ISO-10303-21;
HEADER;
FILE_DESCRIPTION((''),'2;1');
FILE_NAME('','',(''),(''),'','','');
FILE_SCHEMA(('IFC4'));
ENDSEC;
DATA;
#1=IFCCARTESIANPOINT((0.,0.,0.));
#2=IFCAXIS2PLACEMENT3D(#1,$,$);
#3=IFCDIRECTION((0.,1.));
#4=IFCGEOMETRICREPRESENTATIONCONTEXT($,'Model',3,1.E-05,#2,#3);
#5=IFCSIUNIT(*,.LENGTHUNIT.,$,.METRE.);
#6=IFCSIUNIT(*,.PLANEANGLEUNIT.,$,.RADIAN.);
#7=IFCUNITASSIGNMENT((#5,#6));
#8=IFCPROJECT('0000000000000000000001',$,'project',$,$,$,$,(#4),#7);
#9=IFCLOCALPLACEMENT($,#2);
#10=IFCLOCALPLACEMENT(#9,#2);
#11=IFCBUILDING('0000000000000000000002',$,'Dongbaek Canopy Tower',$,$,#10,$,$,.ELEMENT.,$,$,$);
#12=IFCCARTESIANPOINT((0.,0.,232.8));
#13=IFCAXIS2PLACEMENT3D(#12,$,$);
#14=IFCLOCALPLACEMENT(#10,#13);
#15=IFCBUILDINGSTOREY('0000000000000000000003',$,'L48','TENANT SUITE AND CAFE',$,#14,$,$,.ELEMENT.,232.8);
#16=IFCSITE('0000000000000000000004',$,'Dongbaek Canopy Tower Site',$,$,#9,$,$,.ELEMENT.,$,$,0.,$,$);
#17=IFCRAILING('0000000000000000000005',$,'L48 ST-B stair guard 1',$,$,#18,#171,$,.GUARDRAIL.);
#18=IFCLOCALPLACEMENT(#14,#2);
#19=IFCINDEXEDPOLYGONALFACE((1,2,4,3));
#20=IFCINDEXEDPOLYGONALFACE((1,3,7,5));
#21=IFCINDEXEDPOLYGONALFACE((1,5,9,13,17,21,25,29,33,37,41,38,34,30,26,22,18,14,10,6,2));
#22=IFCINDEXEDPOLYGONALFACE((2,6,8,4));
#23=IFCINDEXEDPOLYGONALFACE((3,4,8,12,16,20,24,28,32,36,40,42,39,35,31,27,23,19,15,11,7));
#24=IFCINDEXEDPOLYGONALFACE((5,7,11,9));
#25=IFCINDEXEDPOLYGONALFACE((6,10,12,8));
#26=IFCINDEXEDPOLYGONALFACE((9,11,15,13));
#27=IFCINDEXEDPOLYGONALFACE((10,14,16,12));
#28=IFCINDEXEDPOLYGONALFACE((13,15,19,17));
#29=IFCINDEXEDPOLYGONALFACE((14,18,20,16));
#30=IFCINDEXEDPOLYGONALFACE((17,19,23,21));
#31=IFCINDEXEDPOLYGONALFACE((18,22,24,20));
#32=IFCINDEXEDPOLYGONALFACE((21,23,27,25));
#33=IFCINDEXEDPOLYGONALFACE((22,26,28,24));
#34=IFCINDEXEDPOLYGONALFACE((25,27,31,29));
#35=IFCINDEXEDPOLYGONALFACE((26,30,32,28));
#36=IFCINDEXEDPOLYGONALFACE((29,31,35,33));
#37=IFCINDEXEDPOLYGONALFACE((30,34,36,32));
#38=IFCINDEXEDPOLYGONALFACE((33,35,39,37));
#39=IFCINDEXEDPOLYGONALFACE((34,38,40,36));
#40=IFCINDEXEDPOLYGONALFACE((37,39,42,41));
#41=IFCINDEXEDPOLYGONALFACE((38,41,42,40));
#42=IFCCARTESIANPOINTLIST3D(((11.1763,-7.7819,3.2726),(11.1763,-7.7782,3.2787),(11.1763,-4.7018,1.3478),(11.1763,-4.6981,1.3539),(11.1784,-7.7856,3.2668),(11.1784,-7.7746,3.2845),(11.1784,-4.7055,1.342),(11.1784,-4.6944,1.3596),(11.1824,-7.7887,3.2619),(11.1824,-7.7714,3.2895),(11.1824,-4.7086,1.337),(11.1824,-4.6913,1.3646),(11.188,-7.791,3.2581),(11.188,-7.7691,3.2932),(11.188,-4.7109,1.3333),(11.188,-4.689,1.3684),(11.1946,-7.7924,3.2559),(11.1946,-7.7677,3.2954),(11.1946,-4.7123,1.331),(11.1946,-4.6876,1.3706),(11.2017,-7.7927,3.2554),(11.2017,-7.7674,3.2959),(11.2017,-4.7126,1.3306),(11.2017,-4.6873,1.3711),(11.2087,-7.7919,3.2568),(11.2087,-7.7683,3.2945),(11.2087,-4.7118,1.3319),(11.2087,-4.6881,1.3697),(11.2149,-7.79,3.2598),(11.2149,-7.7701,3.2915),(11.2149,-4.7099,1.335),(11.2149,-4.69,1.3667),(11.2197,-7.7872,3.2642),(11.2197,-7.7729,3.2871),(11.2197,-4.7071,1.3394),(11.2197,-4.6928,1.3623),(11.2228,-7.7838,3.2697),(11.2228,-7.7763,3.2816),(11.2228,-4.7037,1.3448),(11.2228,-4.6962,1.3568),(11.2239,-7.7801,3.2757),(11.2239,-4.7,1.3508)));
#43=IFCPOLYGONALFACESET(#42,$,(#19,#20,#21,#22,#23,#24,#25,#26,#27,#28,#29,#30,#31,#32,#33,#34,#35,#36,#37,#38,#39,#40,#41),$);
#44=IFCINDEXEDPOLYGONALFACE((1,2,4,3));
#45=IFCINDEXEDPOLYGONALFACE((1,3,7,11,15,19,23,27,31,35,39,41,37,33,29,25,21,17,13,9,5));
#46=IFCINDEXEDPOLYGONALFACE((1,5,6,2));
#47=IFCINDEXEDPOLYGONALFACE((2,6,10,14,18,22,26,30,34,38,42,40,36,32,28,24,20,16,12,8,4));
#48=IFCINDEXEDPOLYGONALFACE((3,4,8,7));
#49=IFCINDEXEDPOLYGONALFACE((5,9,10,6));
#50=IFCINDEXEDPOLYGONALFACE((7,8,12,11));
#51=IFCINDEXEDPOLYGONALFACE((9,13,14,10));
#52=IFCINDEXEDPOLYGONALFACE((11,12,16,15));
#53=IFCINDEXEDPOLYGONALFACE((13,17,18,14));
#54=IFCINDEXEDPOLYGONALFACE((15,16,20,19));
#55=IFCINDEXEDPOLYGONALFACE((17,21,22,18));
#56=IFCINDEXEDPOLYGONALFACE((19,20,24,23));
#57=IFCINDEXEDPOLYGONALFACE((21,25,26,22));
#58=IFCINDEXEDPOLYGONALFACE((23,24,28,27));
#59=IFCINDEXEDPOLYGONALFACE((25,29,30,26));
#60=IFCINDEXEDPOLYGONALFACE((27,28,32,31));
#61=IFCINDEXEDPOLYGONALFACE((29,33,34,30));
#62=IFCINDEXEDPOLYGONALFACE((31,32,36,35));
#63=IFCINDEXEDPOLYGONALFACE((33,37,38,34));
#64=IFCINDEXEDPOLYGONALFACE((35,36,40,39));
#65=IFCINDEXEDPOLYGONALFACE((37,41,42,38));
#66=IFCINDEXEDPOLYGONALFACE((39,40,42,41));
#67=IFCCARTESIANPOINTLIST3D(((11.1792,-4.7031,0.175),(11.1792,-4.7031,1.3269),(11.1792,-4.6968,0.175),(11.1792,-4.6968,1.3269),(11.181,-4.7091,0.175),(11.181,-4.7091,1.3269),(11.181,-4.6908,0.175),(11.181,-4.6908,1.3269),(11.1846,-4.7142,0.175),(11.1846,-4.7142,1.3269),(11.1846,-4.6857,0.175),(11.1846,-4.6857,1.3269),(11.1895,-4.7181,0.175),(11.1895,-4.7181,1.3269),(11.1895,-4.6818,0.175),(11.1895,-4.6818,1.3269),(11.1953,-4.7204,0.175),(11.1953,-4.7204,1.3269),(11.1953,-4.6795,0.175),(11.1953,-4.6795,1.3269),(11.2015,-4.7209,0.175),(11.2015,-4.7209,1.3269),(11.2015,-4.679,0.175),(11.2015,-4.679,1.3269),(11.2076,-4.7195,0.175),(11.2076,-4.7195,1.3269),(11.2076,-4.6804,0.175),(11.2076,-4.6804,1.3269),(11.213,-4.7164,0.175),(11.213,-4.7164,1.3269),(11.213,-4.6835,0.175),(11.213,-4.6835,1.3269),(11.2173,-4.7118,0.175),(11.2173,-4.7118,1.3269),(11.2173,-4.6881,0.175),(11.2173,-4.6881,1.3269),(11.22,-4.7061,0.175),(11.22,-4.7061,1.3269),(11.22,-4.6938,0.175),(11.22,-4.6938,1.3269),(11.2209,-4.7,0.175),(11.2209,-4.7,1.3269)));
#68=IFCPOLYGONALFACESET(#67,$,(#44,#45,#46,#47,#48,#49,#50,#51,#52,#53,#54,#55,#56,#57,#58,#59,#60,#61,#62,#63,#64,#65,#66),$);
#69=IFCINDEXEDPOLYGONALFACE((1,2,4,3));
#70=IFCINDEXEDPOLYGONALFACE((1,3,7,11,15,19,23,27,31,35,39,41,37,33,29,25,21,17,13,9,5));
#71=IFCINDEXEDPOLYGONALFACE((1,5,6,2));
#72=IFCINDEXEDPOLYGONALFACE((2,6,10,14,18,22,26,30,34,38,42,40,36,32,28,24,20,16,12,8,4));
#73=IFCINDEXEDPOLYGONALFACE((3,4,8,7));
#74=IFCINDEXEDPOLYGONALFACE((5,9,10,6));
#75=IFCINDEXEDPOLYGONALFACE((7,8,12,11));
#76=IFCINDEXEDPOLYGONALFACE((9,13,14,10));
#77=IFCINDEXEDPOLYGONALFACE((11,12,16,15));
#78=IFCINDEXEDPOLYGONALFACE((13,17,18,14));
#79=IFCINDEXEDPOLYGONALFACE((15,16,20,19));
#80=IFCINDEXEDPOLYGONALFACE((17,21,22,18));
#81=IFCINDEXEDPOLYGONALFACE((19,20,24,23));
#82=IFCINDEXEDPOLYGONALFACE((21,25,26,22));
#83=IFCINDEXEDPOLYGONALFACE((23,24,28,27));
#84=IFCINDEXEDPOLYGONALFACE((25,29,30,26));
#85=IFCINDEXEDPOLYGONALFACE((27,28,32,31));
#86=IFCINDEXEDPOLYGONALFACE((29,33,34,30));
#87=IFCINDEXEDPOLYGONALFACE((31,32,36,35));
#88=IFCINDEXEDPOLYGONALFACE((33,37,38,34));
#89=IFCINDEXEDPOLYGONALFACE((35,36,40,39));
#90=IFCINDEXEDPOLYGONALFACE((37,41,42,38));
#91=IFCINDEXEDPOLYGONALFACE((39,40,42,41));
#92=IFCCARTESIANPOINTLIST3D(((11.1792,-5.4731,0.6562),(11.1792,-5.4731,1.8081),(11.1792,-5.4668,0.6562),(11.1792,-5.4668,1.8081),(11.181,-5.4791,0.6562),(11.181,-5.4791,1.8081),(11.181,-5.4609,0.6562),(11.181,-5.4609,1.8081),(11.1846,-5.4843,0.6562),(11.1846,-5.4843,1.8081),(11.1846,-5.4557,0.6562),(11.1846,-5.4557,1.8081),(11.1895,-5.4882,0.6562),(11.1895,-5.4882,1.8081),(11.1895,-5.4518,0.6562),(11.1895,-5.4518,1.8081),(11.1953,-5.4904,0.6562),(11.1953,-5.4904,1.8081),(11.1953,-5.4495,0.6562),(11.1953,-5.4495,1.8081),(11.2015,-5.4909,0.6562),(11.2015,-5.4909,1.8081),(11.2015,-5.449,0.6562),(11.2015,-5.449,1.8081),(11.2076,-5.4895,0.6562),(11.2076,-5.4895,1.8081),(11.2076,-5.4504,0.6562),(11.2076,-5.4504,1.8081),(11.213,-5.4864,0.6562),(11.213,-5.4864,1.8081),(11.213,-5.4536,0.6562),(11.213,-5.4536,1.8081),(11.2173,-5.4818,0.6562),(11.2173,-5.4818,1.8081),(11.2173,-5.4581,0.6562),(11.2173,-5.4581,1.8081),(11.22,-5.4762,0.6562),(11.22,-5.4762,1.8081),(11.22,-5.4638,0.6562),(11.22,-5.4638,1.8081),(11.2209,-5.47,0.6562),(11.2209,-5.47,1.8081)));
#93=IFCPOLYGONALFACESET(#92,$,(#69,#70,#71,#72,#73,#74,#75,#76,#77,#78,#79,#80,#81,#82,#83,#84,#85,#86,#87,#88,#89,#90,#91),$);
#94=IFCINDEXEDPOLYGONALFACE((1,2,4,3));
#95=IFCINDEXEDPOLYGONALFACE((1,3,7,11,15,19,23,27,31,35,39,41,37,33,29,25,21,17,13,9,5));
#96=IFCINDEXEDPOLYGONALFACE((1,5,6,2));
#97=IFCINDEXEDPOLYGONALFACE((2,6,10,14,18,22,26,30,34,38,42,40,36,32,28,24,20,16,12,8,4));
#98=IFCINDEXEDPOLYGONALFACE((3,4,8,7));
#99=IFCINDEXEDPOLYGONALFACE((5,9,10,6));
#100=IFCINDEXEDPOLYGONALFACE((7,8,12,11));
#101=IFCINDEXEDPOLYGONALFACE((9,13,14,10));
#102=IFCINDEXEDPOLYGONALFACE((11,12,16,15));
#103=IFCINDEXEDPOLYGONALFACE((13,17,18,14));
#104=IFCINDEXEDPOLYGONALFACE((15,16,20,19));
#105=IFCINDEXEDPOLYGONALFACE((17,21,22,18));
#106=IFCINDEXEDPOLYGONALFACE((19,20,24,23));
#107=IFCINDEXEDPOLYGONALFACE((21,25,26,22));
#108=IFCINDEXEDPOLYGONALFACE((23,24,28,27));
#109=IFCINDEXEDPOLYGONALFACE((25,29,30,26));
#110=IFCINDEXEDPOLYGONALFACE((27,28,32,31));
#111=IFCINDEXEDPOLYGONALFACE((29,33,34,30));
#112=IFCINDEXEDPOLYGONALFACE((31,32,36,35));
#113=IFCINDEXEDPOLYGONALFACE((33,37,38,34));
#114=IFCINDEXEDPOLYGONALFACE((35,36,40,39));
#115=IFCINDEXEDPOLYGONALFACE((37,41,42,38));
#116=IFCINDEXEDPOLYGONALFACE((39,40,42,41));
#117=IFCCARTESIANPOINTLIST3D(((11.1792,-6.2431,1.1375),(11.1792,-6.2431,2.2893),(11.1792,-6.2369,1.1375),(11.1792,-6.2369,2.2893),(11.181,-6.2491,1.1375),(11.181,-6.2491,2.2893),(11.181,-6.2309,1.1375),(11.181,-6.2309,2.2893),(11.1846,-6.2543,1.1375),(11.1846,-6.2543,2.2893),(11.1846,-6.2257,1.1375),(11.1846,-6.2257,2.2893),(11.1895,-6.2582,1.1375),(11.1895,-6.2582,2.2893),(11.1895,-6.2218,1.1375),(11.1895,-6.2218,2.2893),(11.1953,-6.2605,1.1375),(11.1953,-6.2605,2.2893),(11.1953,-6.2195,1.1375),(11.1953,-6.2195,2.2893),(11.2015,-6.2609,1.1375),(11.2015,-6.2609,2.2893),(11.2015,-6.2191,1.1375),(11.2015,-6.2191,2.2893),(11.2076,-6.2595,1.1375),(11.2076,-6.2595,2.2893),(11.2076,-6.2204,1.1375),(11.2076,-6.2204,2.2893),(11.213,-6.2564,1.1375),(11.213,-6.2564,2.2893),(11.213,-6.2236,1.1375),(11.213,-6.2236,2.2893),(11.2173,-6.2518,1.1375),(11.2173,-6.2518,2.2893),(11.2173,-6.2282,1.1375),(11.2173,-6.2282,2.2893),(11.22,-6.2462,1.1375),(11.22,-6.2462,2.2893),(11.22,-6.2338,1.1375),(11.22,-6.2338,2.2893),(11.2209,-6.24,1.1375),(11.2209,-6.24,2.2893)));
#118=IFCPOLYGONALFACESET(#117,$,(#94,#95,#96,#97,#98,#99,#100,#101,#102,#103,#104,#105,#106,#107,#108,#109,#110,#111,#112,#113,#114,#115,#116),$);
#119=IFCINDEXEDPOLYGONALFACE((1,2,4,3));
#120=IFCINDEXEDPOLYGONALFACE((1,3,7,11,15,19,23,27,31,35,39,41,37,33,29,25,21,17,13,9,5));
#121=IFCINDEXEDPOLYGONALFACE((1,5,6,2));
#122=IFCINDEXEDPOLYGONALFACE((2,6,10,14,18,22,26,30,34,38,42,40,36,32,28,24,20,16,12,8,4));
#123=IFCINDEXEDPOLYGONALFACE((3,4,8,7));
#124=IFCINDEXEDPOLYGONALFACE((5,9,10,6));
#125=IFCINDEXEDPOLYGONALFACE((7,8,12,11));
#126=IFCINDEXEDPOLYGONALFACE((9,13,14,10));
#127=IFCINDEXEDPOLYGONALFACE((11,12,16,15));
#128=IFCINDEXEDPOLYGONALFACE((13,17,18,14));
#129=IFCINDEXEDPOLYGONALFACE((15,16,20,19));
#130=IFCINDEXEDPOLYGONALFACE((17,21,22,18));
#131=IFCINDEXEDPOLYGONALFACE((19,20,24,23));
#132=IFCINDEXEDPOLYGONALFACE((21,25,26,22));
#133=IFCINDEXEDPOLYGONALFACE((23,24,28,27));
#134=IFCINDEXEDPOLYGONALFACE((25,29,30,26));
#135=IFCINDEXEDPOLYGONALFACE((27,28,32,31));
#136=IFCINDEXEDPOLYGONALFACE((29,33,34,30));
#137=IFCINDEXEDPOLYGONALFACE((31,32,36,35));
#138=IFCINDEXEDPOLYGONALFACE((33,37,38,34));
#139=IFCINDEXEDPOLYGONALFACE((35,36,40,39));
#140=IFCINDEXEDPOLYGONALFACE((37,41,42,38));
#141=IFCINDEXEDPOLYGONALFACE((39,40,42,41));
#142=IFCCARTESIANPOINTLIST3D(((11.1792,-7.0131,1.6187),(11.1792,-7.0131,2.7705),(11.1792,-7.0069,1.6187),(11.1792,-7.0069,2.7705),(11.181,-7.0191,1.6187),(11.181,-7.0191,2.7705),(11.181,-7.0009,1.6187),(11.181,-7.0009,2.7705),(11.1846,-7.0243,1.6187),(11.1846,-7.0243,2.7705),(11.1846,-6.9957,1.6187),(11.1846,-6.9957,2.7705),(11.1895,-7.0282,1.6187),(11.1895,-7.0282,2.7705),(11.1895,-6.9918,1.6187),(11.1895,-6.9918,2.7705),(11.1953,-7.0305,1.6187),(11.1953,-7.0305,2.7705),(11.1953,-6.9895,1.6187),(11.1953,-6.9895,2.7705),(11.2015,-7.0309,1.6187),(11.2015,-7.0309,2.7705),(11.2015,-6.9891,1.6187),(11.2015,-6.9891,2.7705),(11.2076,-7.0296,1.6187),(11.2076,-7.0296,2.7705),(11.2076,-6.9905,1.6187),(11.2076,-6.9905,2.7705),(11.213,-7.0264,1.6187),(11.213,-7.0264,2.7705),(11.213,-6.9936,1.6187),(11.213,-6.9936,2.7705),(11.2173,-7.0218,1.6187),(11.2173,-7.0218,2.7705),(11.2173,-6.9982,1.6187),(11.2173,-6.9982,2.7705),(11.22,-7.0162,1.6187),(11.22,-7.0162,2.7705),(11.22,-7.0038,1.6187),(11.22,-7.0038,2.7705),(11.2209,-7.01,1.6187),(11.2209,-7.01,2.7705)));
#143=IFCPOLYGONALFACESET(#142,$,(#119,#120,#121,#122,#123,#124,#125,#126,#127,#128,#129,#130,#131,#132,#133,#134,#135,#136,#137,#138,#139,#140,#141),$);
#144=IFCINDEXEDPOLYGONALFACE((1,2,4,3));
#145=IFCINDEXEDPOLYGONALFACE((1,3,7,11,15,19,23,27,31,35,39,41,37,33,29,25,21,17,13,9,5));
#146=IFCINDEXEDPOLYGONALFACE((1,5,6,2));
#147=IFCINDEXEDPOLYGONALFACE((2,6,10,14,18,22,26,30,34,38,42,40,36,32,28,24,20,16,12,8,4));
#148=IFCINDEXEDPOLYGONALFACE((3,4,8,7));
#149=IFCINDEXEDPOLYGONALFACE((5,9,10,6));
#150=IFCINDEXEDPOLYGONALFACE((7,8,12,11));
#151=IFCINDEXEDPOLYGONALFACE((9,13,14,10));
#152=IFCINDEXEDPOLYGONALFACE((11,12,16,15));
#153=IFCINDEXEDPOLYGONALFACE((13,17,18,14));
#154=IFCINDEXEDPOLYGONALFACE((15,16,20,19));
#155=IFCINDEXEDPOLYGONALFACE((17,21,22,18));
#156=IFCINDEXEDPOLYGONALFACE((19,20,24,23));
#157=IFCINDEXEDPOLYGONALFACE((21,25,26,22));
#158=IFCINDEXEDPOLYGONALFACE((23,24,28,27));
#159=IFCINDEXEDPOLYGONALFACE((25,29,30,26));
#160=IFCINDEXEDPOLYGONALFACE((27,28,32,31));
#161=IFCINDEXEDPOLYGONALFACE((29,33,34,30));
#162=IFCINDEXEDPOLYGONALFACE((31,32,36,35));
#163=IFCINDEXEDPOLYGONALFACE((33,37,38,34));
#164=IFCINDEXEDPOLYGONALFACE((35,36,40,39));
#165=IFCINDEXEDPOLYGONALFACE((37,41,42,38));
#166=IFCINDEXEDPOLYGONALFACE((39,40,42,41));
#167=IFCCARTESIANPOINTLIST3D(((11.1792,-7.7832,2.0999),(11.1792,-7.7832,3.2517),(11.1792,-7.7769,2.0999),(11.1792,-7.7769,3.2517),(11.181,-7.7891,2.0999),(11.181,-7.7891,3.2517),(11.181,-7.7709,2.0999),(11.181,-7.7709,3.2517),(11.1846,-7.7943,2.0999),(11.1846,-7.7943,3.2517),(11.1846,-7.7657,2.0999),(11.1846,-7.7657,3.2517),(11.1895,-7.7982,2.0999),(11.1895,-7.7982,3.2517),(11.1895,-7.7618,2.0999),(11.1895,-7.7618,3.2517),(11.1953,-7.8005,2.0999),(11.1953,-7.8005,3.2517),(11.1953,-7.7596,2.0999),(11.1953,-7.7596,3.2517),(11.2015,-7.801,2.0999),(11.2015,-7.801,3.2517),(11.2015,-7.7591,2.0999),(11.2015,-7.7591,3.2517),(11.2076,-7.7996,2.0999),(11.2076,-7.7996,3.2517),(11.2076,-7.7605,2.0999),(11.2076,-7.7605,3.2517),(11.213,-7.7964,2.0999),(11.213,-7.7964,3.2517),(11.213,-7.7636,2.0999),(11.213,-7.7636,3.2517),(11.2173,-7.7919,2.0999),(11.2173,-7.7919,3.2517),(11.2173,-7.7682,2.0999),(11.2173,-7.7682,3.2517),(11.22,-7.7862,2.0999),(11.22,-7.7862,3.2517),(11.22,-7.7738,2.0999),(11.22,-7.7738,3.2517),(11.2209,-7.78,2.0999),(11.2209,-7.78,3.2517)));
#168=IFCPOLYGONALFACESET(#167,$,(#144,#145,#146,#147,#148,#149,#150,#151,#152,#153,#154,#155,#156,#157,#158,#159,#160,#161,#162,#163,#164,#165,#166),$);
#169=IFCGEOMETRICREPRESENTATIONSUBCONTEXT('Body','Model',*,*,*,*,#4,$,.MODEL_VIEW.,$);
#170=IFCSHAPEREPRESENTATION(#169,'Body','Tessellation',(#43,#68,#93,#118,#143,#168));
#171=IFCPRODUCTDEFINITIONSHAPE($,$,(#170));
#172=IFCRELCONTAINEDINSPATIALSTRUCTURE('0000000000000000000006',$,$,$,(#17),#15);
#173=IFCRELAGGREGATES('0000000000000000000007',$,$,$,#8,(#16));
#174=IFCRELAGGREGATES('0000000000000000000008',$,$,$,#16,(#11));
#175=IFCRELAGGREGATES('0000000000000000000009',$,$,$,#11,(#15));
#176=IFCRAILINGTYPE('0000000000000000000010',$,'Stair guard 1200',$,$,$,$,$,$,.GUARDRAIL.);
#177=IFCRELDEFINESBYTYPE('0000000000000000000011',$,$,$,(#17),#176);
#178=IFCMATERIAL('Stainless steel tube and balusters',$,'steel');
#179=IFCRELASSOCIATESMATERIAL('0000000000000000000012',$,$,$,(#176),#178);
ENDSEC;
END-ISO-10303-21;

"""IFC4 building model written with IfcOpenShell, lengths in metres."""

from ifc_helpers import new_model, si_unit, direction, frame, origin, origin_2d, place, context, subcontext, project, spatial, circle, extrude, material, type_object, element, save


model = new_model("IFC4")

# Units and contexts
model_context = context("Model", 3, precision=1e-05, world=origin(), true_north=direction((0.0, 1.0)))
body_context = subcontext(model_context, "Body", "Model", "MODEL_VIEW")
ifc_project = project(units=[si_unit("LENGTHUNIT", "METRE"), si_unit("PLANEANGLEUNIT", "RADIAN")], contexts=[model_context])

# Site, building, storey
site_placement = place(None, origin())
site = spatial("IfcSite", under=ifc_project, at=site_placement, Name="Dongbaek Canopy Tower Site", CompositionType="ELEMENT", RefElevation=0.0)
building_placement = place(site_placement, origin())
building = spatial("IfcBuilding", under=site, at=building_placement, Name="Dongbaek Canopy Tower", CompositionType="ELEMENT")
storey_placement = place(building_placement, frame((0.0, 0.0, 232.8)))
storey = spatial("IfcBuildingStorey", under=building, at=storey_placement, Name="L48", Description="TENANT SUITE AND CAFE", CompositionType="ELEMENT", Elevation=232.8)

# Railing
ifc_material_1 = material(Name="Stainless steel tube and balusters", Category="steel")
railing_type_1 = type_object("IfcRailingType", Name="Stair guard 1200", PredefinedType="GUARDRAIL", material=ifc_material_1)
railing_1_placement = place(storey_placement, frame((11.2, -4.7, 0.175)))
element("IfcRailing", 1, at=railing_1_placement, inside=storey, type_object=railing_type_1, Name="L48 ST-B stair guard 1", PredefinedType="GUARDRAIL", context=body_context, shape_type="SweptSolid", body=[
    extrude(circle(Radius=0.0239, at=origin_2d()), frame((0.0, 0.0, 1.1758), z_axis=(0.0, -0.848029, 0.529951), x_axis=(1.0, 0.0, 0.0)), (0.0, 0.0, 1.0), 3.6321),
    extrude(circle(Radius=0.021, at=origin_2d()), origin(), (0.0, 0.0, 1.0), 1.1519),
    extrude(circle(Radius=0.021, at=origin_2d()), frame((0.0, -0.77, 0.4812)), (0.0, 0.0, 1.0), 1.1519),
    extrude(circle(Radius=0.021, at=origin_2d()), frame((0.0, -1.54, 0.9624)), (0.0, 0.0, 1.0), 1.1519),
    extrude(circle(Radius=0.021, at=origin_2d()), frame((0.0, -2.3101, 1.4436)), (0.0, 0.0, 1.0), 1.1519),
    extrude(circle(Radius=0.021, at=origin_2d()), frame((0.0, -3.0801, 1.9248)), (0.0, 0.0, 1.0), 1.1519),
])

save(model, "model.ifc")
